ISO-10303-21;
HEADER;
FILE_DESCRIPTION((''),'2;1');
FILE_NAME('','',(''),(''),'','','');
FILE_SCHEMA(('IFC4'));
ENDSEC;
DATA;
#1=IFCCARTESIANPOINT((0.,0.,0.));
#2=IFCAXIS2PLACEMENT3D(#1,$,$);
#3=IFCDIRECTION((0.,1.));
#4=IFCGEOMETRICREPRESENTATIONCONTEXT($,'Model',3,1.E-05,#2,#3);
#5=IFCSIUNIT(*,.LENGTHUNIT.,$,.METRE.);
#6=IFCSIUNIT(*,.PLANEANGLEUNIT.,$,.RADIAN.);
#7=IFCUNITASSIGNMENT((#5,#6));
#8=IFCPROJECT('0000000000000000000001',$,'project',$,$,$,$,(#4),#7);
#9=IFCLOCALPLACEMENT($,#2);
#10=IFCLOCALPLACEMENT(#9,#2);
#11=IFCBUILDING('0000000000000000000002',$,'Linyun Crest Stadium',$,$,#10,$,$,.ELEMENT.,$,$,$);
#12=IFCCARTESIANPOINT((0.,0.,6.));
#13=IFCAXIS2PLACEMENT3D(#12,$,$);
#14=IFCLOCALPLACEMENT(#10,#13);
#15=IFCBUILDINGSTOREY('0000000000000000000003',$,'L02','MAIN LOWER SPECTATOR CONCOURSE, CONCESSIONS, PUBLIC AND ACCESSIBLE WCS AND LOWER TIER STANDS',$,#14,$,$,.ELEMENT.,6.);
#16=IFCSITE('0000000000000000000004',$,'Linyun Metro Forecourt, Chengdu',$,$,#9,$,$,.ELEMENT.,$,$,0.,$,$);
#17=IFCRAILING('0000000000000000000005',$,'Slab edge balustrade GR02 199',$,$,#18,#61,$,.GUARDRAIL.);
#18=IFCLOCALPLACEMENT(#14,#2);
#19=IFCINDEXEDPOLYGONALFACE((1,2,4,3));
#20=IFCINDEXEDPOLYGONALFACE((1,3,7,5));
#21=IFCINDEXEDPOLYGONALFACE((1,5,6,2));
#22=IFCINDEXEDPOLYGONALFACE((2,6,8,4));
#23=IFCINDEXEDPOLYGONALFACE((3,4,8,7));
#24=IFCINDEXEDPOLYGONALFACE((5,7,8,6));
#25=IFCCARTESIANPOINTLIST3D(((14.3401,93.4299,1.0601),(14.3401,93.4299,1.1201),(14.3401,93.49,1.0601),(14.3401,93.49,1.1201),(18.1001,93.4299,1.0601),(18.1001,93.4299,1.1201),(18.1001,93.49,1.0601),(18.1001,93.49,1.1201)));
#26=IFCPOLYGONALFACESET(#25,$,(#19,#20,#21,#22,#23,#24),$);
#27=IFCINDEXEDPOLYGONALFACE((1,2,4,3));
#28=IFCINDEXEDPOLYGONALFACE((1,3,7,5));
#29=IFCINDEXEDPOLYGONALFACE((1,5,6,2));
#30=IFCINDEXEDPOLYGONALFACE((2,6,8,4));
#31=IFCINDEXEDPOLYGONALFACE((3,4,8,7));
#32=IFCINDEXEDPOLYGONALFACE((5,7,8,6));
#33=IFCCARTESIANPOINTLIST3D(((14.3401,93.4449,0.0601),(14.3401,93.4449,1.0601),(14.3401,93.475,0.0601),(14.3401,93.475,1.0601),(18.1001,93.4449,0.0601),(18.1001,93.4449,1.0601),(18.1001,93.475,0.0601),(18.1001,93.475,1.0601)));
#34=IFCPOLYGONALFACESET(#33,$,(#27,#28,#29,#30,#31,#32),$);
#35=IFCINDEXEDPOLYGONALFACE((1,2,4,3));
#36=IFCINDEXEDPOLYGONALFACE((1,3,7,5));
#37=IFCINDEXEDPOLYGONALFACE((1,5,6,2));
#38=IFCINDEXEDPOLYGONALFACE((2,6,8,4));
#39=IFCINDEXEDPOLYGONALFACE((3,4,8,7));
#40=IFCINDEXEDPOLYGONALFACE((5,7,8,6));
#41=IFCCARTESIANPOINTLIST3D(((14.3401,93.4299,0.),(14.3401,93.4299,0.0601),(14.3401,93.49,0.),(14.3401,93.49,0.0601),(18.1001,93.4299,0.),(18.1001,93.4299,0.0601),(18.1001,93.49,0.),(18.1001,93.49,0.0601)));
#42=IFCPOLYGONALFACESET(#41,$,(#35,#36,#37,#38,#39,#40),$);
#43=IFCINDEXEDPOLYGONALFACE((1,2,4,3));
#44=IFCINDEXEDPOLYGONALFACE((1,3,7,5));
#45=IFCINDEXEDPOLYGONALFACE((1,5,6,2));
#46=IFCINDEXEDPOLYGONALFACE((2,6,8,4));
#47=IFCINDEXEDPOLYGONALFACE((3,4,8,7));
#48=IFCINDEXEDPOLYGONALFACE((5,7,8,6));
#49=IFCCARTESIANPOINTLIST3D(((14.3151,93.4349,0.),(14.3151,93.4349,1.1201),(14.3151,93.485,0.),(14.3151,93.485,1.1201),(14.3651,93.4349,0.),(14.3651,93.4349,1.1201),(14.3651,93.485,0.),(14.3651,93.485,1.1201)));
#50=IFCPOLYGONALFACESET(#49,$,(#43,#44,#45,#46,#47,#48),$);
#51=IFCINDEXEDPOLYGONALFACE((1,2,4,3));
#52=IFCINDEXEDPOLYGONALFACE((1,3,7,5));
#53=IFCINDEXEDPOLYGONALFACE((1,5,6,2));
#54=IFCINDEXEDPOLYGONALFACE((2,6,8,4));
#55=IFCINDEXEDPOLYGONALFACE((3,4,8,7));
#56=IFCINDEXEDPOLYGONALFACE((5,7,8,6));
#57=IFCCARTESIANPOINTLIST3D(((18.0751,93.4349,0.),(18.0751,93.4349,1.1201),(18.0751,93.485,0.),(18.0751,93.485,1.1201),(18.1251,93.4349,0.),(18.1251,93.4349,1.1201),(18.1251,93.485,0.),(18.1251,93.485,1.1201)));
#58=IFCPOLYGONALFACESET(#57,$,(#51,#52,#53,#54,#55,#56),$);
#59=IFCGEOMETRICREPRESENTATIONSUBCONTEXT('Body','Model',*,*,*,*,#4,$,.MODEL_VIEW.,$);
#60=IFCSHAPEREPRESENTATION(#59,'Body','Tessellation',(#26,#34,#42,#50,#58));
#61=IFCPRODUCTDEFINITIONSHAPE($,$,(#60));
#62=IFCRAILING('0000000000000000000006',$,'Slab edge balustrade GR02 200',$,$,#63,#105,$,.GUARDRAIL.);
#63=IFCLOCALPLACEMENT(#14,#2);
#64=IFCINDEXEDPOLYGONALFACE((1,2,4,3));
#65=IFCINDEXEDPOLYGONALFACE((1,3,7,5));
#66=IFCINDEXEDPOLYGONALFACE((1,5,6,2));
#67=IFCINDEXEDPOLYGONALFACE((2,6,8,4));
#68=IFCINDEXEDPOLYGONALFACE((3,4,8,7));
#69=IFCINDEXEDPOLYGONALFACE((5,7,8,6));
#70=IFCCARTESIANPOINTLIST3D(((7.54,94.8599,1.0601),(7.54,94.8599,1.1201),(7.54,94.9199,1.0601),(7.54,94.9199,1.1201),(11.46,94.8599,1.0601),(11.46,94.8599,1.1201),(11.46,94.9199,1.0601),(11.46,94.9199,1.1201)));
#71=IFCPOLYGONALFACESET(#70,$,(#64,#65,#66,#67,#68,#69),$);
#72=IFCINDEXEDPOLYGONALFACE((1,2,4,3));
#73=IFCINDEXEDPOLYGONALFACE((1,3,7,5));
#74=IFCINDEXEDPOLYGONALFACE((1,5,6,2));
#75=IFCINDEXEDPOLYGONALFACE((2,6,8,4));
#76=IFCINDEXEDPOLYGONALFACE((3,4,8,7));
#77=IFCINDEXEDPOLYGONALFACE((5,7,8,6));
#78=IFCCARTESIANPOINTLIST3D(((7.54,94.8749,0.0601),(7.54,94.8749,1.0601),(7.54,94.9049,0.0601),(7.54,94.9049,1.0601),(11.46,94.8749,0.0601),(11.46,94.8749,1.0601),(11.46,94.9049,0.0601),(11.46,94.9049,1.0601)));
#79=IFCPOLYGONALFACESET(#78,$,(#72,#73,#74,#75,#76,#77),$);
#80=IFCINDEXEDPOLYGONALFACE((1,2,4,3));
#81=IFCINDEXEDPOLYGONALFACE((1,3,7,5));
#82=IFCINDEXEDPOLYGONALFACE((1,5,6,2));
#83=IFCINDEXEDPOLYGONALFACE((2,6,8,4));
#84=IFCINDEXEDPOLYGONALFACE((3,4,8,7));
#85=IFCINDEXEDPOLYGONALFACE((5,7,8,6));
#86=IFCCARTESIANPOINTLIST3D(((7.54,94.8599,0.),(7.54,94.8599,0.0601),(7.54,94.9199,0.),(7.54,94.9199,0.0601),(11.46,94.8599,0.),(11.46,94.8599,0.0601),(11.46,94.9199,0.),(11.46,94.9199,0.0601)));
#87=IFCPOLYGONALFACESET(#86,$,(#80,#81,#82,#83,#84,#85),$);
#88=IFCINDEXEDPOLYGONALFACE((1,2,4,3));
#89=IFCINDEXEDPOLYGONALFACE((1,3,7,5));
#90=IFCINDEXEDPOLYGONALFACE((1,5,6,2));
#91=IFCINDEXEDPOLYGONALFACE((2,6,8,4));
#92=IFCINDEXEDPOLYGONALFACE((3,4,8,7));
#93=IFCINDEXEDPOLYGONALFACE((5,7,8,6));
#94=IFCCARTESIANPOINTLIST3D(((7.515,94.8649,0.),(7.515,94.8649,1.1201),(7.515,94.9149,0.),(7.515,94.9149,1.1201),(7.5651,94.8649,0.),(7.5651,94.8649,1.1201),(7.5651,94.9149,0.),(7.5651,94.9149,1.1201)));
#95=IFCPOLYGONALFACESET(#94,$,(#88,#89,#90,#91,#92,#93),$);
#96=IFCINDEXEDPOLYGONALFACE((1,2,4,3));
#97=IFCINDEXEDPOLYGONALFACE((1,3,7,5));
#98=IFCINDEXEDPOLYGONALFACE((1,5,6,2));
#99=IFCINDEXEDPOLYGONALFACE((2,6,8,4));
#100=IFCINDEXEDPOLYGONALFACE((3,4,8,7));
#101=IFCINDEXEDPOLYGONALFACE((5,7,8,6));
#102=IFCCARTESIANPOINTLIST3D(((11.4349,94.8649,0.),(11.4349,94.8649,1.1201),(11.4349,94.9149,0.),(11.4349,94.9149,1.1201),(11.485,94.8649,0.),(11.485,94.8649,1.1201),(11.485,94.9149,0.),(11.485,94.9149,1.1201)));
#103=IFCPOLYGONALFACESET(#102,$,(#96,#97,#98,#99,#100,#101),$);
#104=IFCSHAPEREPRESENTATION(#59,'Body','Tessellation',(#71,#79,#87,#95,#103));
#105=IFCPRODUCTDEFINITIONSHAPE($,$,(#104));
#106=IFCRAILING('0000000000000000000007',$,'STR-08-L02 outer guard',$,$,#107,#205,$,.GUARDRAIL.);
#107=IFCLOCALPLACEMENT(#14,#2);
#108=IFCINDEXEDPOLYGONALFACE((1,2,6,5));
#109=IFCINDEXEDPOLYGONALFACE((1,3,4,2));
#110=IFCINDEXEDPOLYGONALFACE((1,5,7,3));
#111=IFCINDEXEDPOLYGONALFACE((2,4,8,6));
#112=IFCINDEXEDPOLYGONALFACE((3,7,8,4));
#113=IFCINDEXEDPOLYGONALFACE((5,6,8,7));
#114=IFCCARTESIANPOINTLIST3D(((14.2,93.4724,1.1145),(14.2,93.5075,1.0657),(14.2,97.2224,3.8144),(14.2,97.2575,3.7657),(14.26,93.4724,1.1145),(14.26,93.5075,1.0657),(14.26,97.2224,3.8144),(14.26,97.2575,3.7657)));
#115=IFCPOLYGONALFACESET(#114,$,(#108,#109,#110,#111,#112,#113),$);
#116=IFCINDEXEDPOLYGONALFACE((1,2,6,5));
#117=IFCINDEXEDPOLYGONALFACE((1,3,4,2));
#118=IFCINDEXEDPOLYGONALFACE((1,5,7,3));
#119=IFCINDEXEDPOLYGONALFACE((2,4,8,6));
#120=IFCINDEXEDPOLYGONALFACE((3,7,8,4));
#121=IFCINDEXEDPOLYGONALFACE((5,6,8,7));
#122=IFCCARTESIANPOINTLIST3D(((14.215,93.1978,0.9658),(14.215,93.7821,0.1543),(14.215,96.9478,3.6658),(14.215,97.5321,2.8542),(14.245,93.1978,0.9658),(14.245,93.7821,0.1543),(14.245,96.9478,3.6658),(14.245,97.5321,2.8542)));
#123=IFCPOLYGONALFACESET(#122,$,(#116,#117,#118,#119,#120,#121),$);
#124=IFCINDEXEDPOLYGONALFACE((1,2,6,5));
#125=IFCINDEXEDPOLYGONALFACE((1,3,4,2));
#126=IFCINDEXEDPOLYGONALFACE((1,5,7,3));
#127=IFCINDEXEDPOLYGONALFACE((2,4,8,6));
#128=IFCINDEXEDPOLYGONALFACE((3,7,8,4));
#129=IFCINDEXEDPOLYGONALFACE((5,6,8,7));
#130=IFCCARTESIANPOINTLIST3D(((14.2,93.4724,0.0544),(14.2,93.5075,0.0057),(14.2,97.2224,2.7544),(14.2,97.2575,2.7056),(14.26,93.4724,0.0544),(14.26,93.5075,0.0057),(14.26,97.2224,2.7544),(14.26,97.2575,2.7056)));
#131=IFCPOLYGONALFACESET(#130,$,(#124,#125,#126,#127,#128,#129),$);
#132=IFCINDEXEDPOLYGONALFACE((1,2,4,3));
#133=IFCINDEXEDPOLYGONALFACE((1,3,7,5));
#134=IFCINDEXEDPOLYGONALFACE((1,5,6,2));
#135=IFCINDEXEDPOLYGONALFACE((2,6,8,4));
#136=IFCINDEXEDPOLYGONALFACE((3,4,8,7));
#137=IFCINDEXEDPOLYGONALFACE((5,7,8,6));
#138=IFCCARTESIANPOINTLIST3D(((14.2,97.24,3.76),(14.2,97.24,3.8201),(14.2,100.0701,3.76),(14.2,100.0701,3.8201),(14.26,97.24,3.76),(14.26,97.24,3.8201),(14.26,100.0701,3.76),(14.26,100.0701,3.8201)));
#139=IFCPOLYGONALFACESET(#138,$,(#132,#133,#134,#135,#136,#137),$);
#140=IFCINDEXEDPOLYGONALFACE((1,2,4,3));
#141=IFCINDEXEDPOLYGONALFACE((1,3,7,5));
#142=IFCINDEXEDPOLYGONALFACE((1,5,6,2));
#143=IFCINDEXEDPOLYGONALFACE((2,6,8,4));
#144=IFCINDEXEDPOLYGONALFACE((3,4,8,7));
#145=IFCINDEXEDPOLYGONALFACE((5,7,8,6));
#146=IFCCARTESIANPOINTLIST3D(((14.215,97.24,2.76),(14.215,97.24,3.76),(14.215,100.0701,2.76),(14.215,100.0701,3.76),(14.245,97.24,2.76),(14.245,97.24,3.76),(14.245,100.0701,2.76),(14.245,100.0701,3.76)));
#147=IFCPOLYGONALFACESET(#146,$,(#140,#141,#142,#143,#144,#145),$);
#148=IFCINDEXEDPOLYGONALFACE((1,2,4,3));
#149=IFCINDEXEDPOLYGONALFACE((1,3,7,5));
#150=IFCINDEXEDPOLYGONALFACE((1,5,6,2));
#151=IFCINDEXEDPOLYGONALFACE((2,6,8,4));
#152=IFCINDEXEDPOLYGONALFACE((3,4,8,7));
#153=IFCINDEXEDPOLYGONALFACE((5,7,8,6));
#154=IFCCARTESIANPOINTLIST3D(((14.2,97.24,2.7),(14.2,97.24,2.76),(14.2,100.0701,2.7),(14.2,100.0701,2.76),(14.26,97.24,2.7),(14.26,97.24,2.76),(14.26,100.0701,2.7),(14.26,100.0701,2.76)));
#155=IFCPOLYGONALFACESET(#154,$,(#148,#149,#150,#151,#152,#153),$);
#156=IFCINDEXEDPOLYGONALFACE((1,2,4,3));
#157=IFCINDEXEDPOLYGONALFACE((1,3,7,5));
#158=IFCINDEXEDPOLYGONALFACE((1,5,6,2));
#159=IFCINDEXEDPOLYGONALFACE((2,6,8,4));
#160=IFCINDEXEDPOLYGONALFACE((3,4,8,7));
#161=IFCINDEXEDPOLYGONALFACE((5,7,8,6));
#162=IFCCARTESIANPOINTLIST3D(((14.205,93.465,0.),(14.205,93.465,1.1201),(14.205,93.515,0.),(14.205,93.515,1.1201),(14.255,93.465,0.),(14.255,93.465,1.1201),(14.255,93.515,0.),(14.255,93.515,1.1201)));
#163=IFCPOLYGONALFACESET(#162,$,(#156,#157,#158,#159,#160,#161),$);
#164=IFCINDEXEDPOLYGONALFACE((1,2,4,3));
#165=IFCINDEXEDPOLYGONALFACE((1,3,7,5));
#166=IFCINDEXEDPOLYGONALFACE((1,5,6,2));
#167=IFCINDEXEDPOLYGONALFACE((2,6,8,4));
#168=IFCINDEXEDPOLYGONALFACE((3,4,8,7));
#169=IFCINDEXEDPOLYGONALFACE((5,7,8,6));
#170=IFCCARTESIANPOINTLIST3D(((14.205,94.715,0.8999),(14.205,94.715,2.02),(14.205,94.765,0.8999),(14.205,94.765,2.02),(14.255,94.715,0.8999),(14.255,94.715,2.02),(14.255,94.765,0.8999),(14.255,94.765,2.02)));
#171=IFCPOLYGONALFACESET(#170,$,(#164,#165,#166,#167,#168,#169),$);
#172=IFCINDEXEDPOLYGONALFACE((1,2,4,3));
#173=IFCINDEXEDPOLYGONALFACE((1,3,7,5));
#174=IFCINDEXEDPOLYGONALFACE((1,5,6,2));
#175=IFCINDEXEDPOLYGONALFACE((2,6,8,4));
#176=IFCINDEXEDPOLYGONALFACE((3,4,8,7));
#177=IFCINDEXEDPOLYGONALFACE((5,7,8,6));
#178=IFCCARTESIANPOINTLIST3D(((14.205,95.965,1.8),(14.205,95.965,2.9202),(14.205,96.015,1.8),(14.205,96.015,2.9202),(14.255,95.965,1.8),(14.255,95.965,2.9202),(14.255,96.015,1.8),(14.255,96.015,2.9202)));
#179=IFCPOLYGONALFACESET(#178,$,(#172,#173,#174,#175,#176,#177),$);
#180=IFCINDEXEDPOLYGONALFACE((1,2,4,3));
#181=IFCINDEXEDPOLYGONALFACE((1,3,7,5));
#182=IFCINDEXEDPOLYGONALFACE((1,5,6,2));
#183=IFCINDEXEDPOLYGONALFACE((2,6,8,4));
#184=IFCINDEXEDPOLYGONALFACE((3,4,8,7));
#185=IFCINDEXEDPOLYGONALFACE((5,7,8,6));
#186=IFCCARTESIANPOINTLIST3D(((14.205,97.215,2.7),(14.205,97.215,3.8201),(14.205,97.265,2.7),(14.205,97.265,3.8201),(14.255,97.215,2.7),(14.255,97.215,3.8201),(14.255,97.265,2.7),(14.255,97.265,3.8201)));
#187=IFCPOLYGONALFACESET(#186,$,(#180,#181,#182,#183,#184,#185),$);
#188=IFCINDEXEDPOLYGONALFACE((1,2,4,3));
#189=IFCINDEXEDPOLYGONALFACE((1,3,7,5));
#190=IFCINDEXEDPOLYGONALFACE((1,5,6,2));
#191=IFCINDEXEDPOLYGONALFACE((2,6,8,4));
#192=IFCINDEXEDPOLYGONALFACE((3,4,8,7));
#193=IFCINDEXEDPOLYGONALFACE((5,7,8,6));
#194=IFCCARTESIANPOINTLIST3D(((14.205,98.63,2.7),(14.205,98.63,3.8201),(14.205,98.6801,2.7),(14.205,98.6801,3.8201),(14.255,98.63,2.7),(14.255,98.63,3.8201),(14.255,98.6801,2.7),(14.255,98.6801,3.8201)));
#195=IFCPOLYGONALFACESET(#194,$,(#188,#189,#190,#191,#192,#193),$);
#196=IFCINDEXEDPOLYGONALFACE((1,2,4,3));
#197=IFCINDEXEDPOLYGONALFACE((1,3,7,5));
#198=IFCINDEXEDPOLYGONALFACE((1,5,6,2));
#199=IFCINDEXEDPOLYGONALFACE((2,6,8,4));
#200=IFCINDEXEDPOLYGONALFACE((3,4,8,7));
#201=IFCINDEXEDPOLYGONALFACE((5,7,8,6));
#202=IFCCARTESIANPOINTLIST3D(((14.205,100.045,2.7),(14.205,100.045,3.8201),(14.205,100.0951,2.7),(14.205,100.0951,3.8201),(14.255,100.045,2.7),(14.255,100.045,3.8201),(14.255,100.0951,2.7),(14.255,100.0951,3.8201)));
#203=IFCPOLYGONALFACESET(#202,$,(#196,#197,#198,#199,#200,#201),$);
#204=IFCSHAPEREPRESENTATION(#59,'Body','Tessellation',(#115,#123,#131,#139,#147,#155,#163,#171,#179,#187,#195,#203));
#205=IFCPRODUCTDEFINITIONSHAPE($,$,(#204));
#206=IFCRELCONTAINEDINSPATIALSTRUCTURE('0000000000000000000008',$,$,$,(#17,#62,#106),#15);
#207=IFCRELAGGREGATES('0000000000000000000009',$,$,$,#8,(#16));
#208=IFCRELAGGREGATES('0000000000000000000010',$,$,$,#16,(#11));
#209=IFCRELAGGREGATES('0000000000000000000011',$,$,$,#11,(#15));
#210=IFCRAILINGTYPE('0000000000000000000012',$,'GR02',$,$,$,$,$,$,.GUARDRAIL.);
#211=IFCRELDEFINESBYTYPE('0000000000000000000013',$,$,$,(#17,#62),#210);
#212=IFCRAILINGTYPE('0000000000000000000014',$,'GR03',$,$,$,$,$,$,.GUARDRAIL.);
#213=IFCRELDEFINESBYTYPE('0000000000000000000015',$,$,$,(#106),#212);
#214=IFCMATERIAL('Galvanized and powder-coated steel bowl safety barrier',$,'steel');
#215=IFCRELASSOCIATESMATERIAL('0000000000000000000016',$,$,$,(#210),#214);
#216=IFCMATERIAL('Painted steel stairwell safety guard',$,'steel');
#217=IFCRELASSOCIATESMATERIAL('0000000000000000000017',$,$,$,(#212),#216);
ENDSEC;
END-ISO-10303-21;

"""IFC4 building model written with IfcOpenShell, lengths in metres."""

from ifc_helpers import new_model, si_unit, direction, frame, origin, origin_2d, place, context, subcontext, project, spatial, rectangle, extrude, material, type_object, element, save


model = new_model("IFC4")

# Units and contexts
model_context = context("Model", 3, precision=1e-05, world=origin(), true_north=direction((0.0, 1.0)))
body_context = subcontext(model_context, "Body", "Model", "MODEL_VIEW")
ifc_project = project(units=[si_unit("LENGTHUNIT", "METRE"), si_unit("PLANEANGLEUNIT", "RADIAN")], contexts=[model_context])

# Site, building, storey
site_placement = place(None, origin())
site = spatial("IfcSite", under=ifc_project, at=site_placement, Name="Linyun Metro Forecourt, Chengdu", CompositionType="ELEMENT", RefElevation=0.0)
building_placement = place(site_placement, origin())
building = spatial("IfcBuilding", under=site, at=building_placement, Name="Linyun Crest Stadium", CompositionType="ELEMENT")
storey_placement = place(building_placement, frame((0.0, 0.0, 6.0)))
storey = spatial("IfcBuildingStorey", under=building, at=storey_placement, Name="L02", Description="MAIN LOWER SPECTATOR CONCOURSE, CONCESSIONS, PUBLIC AND ACCESSIBLE WCS AND LOWER TIER STANDS", CompositionType="ELEMENT", Elevation=6.0)

# Railings
ifc_material_1 = material(Name="Galvanized and powder-coated steel bowl safety barrier", Category="steel")
railing_type_1 = type_object("IfcRailingType", Name="GR02", PredefinedType="GUARDRAIL", material=ifc_material_1)
railing_1_placement = place(storey_placement, frame((14.3401, 93.46, 0.0)))
element("IfcRailing", 1, at=railing_1_placement, inside=storey, type_object=railing_type_1, Name="Slab edge balustrade GR02 199", PredefinedType="GUARDRAIL", context=body_context, shape_type="SweptSolid", body=[
    extrude(rectangle(XDim=0.0601, YDim=0.0601, at=origin_2d()), frame((0.0, 0.0, 1.0901), z_axis=(1.0, 0.0, 0.0), x_axis=(0.0, 1.0, 0.0)), (0.0, 0.0, 1.0), 3.76),
    extrude(rectangle(XDim=0.03, YDim=1.0, at=origin_2d()), frame((0.0, 0.0, 0.5601), z_axis=(1.0, 0.0, 0.0), x_axis=(0.0, 1.0, 0.0)), (0.0, 0.0, 1.0), 3.76),
    extrude(rectangle(XDim=0.0601, YDim=0.0601, at=origin_2d()), frame((0.0, 0.0, 0.03), z_axis=(1.0, 0.0, 0.0), x_axis=(0.0, 1.0, 0.0)), (0.0, 0.0, 1.0), 3.76),
    extrude(rectangle(XDim=0.05, YDim=0.05, at=origin_2d()), origin(), (0.0, 0.0, 1.0), 1.1201),
    extrude(rectangle(XDim=0.05, YDim=0.05, at=origin_2d()), frame((3.76, 0.0, 0.0)), (0.0, 0.0, 1.0), 1.1201),
])
railing_2_placement = place(storey_placement, frame((7.54, 94.8899, 0.0)))
element("IfcRailing", 2, at=railing_2_placement, inside=storey, type_object=railing_type_1, Name="Slab edge balustrade GR02 200", PredefinedType="GUARDRAIL", context=body_context, shape_type="SweptSolid", body=[
    extrude(rectangle(XDim=0.0601, YDim=0.0601, at=origin_2d()), frame((0.0, 0.0, 1.0901), z_axis=(1.0, 0.0, 0.0), x_axis=(0.0, 1.0, 0.0)), (0.0, 0.0, 1.0), 3.9199),
    extrude(rectangle(XDim=0.03, YDim=1.0, at=origin_2d()), frame((0.0, 0.0, 0.5601), z_axis=(1.0, 0.0, 0.0), x_axis=(0.0, 1.0, 0.0)), (0.0, 0.0, 1.0), 3.9199),
    extrude(rectangle(XDim=0.0601, YDim=0.0601, at=origin_2d()), frame((0.0, 0.0, 0.03), z_axis=(1.0, 0.0, 0.0), x_axis=(0.0, 1.0, 0.0)), (0.0, 0.0, 1.0), 3.9199),
    extrude(rectangle(XDim=0.05, YDim=0.05, at=origin_2d()), origin(), (0.0, 0.0, 1.0), 1.1201),
    extrude(rectangle(XDim=0.05, YDim=0.05, at=origin_2d()), frame((3.9199, 0.0, 0.0)), (0.0, 0.0, 1.0), 1.1201),
])
ifc_material_2 = material(Name="Painted steel stairwell safety guard", Category="steel")
railing_type_2 = type_object("IfcRailingType", Name="GR03", PredefinedType="GUARDRAIL", material=ifc_material_2)
railing_3_placement = place(storey_placement, frame((14.23, 93.49, 0.0)))
element("IfcRailing", 3, at=railing_3_placement, inside=storey, type_object=railing_type_2, Name="STR-08-L02 outer guard", PredefinedType="GUARDRAIL", context=body_context, shape_type="SweptSolid", body=[
    extrude(rectangle(XDim=0.0601, YDim=0.0601, at=origin_2d()), frame((0.0, 0.0, 1.0901), z_axis=(0.0, 0.811539, 0.584298), x_axis=(-1.0, 0.0, 0.0)), (0.0, 0.0, 1.0), 4.6208),
    extrude(rectangle(XDim=0.03, YDim=1.0, at=origin_2d()), frame((0.0, 0.0, 0.5601), z_axis=(0.0, 0.811539, 0.584298), x_axis=(-1.0, 0.0, 0.0)), (0.0, 0.0, 1.0), 4.6208),
    extrude(rectangle(XDim=0.0601, YDim=0.0601, at=origin_2d()), frame((0.0, 0.0, 0.03), z_axis=(0.0, 0.811539, 0.584298), x_axis=(-1.0, 0.0, 0.0)), (0.0, 0.0, 1.0), 4.6208),
    extrude(rectangle(XDim=0.0601, YDim=0.0601, at=origin_2d()), frame((0.0, 3.75, 3.79), z_axis=(0.0, 1.0, 0.0), x_axis=(-1.0, 0.0, 0.0)), (0.0, 0.0, 1.0), 2.8301),
    extrude(rectangle(XDim=0.03, YDim=1.0, at=origin_2d()), frame((0.0, 3.75, 3.26), z_axis=(0.0, 1.0, 0.0), x_axis=(-1.0, 0.0, 0.0)), (0.0, 0.0, 1.0), 2.8301),
    extrude(rectangle(XDim=0.0601, YDim=0.0601, at=origin_2d()), frame((0.0, 3.75, 2.73), z_axis=(0.0, 1.0, 0.0), x_axis=(-1.0, 0.0, 0.0)), (0.0, 0.0, 1.0), 2.8301),
    extrude(rectangle(XDim=0.05, YDim=0.05, at=origin_2d()), origin(), (0.0, 0.0, 1.0), 1.1201),
    extrude(rectangle(XDim=0.05, YDim=0.05, at=origin_2d()), frame((0.0, 1.25, 0.8999)), (0.0, 0.0, 1.0), 1.1201),
    extrude(rectangle(XDim=0.05, YDim=0.05, at=origin_2d()), frame((0.0, 2.5, 1.8)), (0.0, 0.0, 1.0), 1.1201),
    extrude(rectangle(XDim=0.05, YDim=0.05, at=origin_2d()), frame((0.0, 3.75, 2.7)), (0.0, 0.0, 1.0), 1.1201),
    extrude(rectangle(XDim=0.05, YDim=0.05, at=origin_2d()), frame((0.0, 5.165, 2.7)), (0.0, 0.0, 1.0), 1.1201),
    extrude(rectangle(XDim=0.05, YDim=0.05, at=origin_2d()), frame((0.0, 6.5801, 2.7)), (0.0, 0.0, 1.0), 1.1201),
])

save(model, "model.ifc")
